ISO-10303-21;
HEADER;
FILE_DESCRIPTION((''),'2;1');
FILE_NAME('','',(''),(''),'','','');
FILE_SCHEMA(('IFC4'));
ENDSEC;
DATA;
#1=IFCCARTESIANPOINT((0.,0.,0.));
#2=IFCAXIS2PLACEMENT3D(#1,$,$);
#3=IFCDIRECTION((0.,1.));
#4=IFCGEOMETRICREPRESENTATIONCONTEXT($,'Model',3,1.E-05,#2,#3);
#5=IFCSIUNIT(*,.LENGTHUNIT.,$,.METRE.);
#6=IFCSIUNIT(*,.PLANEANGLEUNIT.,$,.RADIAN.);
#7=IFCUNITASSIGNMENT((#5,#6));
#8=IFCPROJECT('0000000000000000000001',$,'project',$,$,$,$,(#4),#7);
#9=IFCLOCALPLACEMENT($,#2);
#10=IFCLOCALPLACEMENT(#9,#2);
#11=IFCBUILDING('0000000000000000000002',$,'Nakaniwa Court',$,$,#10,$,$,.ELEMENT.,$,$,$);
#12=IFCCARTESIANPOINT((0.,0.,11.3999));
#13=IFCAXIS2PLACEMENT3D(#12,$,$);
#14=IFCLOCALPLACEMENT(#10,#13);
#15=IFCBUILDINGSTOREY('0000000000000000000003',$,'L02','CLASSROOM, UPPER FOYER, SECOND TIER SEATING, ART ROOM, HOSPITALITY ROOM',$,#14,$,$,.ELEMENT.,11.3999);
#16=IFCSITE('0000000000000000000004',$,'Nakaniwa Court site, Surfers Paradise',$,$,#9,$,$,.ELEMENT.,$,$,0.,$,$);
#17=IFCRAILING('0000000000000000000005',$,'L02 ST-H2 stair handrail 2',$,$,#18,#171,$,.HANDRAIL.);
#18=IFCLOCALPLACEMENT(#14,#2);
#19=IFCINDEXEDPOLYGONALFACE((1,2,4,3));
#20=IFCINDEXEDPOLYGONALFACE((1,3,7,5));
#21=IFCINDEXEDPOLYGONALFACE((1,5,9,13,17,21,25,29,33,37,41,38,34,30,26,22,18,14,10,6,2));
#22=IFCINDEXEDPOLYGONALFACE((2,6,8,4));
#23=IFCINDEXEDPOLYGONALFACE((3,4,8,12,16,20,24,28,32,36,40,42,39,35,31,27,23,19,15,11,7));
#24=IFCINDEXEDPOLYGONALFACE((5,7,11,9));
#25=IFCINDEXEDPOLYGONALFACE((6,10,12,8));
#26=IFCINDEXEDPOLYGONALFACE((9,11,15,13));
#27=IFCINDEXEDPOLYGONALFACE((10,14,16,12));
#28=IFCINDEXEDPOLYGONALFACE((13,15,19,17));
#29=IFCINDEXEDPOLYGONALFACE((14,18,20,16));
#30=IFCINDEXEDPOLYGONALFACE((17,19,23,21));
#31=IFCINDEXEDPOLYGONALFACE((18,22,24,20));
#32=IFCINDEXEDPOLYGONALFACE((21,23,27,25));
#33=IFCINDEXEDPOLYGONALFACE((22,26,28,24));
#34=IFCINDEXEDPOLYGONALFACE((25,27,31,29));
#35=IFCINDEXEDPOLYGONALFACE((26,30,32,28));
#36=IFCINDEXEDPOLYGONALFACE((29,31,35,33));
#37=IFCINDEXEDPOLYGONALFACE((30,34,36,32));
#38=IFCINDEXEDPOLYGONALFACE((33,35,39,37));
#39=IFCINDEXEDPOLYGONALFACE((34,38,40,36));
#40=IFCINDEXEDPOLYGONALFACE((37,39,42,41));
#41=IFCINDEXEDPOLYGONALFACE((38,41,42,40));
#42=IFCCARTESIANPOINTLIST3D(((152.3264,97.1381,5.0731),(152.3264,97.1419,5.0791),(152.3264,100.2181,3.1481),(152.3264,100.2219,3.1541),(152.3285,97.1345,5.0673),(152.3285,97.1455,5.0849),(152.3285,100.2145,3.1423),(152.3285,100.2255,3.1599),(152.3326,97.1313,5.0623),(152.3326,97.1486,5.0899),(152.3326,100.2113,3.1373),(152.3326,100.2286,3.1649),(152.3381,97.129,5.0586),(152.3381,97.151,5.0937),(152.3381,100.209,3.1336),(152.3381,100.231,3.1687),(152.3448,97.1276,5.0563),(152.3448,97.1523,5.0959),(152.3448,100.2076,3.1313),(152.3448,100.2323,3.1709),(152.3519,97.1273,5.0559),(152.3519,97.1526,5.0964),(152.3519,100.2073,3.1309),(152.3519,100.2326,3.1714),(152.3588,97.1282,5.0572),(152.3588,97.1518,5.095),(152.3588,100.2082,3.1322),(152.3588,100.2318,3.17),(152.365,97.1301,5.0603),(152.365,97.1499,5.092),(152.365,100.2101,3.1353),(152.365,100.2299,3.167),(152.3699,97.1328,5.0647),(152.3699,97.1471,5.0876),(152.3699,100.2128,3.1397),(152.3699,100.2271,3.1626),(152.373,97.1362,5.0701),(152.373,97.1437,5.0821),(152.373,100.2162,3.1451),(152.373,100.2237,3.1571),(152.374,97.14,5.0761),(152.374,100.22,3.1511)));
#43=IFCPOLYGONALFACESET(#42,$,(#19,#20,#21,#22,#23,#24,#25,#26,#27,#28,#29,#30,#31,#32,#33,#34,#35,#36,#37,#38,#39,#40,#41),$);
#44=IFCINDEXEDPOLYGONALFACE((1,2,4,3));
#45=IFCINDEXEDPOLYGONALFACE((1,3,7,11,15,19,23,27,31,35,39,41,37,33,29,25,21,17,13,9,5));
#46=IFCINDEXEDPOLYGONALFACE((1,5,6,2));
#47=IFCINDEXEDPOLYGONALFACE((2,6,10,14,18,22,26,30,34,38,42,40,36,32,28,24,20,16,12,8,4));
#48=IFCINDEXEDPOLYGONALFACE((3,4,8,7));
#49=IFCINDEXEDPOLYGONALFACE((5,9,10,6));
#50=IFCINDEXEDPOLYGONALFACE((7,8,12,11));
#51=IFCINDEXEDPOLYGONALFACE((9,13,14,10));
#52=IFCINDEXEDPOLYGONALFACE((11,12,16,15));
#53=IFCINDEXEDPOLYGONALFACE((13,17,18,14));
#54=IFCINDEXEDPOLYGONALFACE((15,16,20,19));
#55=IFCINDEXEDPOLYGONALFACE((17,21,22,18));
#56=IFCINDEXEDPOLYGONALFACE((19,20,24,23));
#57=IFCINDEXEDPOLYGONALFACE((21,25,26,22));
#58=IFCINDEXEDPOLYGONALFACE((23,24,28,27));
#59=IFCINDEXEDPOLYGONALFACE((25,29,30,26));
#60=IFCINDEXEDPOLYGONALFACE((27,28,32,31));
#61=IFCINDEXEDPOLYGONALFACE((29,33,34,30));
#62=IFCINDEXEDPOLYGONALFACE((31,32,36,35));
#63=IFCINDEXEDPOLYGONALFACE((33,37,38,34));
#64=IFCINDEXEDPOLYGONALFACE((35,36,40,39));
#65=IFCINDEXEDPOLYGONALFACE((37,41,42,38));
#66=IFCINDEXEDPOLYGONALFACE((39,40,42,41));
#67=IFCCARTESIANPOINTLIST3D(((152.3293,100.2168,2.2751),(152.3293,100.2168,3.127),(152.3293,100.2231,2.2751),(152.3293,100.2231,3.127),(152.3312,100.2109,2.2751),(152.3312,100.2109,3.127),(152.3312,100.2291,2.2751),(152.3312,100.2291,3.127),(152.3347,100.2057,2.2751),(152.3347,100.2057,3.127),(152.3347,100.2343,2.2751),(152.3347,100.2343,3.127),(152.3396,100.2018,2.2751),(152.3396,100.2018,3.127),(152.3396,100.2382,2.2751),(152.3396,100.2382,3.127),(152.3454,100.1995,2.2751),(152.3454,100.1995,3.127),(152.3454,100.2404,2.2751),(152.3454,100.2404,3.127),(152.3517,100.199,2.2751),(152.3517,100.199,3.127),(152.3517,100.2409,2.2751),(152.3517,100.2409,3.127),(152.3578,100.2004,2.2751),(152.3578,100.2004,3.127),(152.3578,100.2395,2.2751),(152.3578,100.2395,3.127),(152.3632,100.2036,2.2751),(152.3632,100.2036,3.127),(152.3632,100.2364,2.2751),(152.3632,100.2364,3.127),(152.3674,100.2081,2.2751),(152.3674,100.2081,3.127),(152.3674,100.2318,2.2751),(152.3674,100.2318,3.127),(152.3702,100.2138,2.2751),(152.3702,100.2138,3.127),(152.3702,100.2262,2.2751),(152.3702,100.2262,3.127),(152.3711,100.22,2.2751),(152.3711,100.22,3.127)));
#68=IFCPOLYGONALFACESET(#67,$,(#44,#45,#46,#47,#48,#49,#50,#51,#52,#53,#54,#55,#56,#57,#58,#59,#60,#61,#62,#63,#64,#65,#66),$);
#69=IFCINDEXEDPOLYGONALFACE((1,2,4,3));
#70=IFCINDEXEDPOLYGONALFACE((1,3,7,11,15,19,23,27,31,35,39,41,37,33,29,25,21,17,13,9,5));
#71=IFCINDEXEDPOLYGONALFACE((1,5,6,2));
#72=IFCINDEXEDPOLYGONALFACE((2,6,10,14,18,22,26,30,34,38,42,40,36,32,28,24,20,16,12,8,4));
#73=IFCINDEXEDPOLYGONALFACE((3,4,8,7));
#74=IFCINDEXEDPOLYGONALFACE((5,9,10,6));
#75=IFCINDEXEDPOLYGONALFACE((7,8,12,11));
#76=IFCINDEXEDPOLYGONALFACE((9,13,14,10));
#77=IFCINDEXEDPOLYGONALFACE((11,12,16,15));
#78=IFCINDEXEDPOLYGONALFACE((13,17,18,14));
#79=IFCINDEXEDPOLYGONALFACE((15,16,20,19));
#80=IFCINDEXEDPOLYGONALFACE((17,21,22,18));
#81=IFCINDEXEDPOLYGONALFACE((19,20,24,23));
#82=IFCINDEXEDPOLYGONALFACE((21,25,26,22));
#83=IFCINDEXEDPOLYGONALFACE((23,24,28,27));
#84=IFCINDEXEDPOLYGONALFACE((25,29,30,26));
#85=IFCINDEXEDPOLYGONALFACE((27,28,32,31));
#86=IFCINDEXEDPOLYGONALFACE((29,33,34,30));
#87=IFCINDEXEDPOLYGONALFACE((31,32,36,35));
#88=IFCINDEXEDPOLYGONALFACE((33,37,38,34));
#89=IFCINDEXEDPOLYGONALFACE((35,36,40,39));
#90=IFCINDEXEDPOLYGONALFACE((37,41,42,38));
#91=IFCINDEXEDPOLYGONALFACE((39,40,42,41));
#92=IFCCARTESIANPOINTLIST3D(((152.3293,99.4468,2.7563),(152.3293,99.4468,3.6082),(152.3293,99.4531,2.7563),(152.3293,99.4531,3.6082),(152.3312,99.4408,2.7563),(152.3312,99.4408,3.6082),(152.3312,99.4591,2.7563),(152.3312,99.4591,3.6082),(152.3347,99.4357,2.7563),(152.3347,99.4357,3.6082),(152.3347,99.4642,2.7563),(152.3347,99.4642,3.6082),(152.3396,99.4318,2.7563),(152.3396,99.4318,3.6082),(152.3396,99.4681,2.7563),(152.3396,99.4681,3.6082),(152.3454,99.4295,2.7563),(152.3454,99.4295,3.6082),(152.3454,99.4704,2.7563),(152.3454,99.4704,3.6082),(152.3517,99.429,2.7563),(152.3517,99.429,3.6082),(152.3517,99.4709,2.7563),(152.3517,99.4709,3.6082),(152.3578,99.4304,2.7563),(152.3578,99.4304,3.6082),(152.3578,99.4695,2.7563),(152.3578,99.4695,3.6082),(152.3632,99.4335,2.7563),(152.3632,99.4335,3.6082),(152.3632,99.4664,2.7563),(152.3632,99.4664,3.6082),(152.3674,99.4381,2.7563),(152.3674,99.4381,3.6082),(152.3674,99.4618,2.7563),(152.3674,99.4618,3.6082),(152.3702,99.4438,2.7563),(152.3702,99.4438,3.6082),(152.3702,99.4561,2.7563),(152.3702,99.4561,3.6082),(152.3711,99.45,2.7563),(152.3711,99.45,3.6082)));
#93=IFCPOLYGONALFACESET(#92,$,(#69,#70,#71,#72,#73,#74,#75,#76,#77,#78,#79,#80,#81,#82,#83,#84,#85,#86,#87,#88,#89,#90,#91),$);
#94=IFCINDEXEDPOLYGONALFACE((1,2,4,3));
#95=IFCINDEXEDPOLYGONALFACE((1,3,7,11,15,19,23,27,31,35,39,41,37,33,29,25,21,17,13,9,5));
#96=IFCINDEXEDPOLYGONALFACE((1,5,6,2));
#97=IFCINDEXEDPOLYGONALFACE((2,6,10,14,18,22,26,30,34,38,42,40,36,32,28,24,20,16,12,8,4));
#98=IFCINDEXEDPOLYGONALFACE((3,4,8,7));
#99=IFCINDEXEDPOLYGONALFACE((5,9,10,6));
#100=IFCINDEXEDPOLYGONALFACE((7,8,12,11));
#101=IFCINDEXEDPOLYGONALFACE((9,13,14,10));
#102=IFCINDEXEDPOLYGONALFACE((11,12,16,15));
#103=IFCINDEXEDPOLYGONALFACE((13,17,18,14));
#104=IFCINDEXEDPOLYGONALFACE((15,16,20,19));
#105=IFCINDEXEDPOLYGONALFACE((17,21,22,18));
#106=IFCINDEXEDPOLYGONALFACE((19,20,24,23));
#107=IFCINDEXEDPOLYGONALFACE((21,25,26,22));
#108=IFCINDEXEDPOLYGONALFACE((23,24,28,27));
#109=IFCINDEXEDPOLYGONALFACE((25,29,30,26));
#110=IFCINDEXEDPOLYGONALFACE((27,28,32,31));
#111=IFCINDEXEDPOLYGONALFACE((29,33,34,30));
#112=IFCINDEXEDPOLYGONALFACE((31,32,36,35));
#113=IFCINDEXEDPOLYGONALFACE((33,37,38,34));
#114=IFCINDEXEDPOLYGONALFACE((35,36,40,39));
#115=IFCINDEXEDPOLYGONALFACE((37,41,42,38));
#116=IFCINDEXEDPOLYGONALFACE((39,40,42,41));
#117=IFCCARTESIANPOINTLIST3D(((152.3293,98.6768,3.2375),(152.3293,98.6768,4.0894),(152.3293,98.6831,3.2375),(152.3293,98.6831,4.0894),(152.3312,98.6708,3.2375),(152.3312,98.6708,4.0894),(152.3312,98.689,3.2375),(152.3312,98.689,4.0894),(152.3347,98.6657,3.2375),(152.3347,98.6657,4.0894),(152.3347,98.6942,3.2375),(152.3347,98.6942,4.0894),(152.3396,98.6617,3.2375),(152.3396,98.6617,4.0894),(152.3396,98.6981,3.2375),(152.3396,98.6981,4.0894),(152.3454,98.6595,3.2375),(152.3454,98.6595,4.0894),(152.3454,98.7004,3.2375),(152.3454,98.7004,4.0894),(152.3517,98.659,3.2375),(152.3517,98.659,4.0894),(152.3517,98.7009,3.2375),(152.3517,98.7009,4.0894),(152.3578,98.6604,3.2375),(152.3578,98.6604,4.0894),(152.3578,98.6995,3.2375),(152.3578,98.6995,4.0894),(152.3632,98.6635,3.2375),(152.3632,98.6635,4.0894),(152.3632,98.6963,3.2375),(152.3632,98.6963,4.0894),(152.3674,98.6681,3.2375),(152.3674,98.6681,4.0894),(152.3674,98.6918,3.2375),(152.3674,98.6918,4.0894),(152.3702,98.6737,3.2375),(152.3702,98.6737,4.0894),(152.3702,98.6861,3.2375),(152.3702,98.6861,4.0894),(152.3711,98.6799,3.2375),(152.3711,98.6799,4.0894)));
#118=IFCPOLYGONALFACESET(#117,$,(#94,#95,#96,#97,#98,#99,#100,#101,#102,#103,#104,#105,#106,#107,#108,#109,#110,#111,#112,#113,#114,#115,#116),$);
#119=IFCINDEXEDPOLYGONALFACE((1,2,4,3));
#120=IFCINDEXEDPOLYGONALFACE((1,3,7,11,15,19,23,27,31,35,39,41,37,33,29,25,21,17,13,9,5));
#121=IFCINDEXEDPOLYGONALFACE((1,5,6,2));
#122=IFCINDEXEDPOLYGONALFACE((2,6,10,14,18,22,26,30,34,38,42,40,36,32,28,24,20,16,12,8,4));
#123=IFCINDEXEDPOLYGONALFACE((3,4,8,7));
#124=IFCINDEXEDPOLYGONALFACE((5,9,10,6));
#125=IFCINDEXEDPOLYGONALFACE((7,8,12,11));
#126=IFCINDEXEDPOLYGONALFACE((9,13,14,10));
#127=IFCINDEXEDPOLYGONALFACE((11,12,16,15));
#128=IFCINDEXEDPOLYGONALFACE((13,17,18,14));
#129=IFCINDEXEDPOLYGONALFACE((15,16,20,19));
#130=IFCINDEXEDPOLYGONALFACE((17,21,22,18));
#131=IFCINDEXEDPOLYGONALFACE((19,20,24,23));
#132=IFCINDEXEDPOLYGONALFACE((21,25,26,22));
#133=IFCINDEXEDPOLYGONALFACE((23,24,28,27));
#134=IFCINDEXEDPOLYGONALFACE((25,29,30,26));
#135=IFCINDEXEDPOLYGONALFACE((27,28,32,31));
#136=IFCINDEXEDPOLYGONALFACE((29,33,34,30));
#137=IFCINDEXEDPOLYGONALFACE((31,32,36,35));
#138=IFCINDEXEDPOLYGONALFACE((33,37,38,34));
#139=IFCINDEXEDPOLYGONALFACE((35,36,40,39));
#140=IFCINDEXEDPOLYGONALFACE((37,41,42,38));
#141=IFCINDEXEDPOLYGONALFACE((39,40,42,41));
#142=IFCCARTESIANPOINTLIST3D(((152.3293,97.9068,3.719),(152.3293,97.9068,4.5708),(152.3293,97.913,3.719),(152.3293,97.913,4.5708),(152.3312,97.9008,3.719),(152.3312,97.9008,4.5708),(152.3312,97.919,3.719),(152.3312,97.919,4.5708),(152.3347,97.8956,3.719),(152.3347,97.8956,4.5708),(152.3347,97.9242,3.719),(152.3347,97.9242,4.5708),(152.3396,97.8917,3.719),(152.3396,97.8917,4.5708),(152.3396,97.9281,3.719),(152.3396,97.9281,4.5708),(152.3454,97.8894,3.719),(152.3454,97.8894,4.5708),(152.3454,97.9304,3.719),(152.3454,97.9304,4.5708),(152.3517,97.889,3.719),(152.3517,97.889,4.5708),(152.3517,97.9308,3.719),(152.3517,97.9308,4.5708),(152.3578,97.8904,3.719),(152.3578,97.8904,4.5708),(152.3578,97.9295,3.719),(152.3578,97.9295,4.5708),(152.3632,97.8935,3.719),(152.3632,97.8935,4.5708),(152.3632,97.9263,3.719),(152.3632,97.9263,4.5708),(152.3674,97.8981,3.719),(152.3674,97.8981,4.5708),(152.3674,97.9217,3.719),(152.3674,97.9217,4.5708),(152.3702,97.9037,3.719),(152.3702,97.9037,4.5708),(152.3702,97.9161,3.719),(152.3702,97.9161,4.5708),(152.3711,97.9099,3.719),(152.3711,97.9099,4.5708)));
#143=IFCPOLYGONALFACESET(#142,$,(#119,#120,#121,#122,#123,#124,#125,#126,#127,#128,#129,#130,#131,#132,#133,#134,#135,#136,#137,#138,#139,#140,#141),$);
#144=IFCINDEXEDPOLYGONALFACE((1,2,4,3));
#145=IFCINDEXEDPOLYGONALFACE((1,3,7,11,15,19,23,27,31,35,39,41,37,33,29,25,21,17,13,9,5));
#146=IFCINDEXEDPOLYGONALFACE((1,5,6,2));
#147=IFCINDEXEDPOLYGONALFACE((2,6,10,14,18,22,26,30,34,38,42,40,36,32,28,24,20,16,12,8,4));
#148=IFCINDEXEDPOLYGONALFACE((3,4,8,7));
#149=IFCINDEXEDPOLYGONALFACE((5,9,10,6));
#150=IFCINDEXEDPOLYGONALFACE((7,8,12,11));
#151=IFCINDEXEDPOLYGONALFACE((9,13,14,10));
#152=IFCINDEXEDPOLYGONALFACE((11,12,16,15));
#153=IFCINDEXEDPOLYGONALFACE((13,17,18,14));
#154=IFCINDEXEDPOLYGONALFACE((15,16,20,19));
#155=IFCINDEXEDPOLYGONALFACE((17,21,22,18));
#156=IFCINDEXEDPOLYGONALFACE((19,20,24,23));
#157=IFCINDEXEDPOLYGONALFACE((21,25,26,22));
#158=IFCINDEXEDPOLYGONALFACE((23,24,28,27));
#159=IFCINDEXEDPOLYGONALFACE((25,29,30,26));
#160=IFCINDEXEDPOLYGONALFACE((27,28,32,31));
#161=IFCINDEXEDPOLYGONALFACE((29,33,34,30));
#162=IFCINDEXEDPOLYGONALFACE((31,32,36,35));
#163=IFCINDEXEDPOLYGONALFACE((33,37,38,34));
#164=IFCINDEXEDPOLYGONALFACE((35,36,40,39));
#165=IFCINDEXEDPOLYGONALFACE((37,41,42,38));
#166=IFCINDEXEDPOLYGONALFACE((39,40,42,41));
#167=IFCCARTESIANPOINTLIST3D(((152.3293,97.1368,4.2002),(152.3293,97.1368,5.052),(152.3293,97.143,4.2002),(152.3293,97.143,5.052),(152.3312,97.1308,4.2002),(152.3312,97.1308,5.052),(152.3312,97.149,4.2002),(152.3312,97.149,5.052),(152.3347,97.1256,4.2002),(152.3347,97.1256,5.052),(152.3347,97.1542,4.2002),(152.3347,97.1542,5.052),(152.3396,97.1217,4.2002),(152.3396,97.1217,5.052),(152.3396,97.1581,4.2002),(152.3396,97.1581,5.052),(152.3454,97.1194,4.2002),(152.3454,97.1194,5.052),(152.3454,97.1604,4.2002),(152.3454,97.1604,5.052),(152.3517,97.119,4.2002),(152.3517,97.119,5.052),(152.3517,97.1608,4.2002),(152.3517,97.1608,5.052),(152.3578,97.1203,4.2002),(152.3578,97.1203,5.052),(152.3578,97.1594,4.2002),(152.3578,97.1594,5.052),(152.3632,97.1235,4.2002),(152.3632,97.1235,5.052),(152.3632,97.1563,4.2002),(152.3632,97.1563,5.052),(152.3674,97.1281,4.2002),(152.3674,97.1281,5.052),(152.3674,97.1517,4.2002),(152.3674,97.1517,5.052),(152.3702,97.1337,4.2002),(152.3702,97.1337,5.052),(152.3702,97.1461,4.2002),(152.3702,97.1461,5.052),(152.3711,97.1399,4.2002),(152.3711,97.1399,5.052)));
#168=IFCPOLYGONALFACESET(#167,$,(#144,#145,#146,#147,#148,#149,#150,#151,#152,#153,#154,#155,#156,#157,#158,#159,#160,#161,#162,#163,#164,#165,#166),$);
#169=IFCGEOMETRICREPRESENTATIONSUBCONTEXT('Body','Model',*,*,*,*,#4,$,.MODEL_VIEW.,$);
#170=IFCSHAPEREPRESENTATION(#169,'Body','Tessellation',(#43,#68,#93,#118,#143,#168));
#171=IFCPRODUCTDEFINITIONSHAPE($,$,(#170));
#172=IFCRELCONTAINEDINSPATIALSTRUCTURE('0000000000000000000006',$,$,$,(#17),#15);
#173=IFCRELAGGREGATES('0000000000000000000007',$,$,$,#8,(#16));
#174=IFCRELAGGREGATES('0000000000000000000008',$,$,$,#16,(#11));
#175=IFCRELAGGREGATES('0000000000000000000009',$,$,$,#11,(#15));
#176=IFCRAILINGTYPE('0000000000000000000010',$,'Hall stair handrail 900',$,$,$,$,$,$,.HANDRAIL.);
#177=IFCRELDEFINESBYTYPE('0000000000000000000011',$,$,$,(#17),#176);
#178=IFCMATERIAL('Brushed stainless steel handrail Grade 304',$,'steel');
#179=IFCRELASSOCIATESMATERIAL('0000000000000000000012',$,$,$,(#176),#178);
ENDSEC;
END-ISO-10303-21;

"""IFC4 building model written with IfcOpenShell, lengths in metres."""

from ifc_helpers import new_model, si_unit, direction, frame, origin, origin_2d, place, context, subcontext, project, spatial, circle, extrude, material, type_object, element, save


model = new_model("IFC4")

# Units and contexts
model_context = context("Model", 3, precision=1e-05, world=origin(), true_north=direction((0.0, 1.0)))
body_context = subcontext(model_context, "Body", "Model", "MODEL_VIEW")
ifc_project = project(units=[si_unit("LENGTHUNIT", "METRE"), si_unit("PLANEANGLEUNIT", "RADIAN")], contexts=[model_context])

# Site, building, storey
site_placement = place(None, origin())
site = spatial("IfcSite", under=ifc_project, at=site_placement, Name="Nakaniwa Court site, Surfers Paradise", CompositionType="ELEMENT", RefElevation=0.0)
building_placement = place(site_placement, origin())
building = spatial("IfcBuilding", under=site, at=building_placement, Name="Nakaniwa Court", CompositionType="ELEMENT")
storey_placement = place(building_placement, frame((0.0, 0.0, 11.3999)))
storey = spatial("IfcBuildingStorey", under=building, at=storey_placement, Name="L02", Description="CLASSROOM, UPPER FOYER, SECOND TIER SEATING, ART ROOM, HOSPITALITY ROOM", CompositionType="ELEMENT", Elevation=11.3999)

# Railing
ifc_material_1 = material(Name="Brushed stainless steel handrail Grade 304", Category="steel")
railing_type_1 = type_object("IfcRailingType", Name="Hall stair handrail 900", PredefinedType="HANDRAIL", material=ifc_material_1)
railing_1_placement = place(storey_placement, frame((152.3501, 100.22, 2.2751)))
element("IfcRailing", 1, at=railing_1_placement, inside=storey, type_object=railing_type_1, Name="L02 ST-H2 stair handrail 2", PredefinedType="HANDRAIL", context=body_context, shape_type="SweptSolid", body=[
    extrude(circle(Radius=0.0239, at=origin_2d()), frame((0.0, 0.0, 0.876), z_axis=(0.0, -0.847998, 0.529999), x_axis=(1.0, 0.0, 0.0)), (0.0, 0.0, 1.0), 3.6321),
    extrude(circle(Radius=0.021, at=origin_2d()), origin(), (0.0, 0.0, 1.0), 0.8518),
    extrude(circle(Radius=0.021, at=origin_2d()), frame((0.0, -0.77, 0.4812)), (0.0, 0.0, 1.0), 0.8518),
    extrude(circle(Radius=0.021, at=origin_2d()), frame((0.0, -1.54, 0.9624)), (0.0, 0.0, 1.0), 0.8518),
    extrude(circle(Radius=0.021, at=origin_2d()), frame((0.0, -2.3101, 1.4438)), (0.0, 0.0, 1.0), 0.8518),
    extrude(circle(Radius=0.021, at=origin_2d()), frame((0.0, -3.0801, 1.925)), (0.0, 0.0, 1.0), 0.8518),
])

save(model, "model.ifc")
